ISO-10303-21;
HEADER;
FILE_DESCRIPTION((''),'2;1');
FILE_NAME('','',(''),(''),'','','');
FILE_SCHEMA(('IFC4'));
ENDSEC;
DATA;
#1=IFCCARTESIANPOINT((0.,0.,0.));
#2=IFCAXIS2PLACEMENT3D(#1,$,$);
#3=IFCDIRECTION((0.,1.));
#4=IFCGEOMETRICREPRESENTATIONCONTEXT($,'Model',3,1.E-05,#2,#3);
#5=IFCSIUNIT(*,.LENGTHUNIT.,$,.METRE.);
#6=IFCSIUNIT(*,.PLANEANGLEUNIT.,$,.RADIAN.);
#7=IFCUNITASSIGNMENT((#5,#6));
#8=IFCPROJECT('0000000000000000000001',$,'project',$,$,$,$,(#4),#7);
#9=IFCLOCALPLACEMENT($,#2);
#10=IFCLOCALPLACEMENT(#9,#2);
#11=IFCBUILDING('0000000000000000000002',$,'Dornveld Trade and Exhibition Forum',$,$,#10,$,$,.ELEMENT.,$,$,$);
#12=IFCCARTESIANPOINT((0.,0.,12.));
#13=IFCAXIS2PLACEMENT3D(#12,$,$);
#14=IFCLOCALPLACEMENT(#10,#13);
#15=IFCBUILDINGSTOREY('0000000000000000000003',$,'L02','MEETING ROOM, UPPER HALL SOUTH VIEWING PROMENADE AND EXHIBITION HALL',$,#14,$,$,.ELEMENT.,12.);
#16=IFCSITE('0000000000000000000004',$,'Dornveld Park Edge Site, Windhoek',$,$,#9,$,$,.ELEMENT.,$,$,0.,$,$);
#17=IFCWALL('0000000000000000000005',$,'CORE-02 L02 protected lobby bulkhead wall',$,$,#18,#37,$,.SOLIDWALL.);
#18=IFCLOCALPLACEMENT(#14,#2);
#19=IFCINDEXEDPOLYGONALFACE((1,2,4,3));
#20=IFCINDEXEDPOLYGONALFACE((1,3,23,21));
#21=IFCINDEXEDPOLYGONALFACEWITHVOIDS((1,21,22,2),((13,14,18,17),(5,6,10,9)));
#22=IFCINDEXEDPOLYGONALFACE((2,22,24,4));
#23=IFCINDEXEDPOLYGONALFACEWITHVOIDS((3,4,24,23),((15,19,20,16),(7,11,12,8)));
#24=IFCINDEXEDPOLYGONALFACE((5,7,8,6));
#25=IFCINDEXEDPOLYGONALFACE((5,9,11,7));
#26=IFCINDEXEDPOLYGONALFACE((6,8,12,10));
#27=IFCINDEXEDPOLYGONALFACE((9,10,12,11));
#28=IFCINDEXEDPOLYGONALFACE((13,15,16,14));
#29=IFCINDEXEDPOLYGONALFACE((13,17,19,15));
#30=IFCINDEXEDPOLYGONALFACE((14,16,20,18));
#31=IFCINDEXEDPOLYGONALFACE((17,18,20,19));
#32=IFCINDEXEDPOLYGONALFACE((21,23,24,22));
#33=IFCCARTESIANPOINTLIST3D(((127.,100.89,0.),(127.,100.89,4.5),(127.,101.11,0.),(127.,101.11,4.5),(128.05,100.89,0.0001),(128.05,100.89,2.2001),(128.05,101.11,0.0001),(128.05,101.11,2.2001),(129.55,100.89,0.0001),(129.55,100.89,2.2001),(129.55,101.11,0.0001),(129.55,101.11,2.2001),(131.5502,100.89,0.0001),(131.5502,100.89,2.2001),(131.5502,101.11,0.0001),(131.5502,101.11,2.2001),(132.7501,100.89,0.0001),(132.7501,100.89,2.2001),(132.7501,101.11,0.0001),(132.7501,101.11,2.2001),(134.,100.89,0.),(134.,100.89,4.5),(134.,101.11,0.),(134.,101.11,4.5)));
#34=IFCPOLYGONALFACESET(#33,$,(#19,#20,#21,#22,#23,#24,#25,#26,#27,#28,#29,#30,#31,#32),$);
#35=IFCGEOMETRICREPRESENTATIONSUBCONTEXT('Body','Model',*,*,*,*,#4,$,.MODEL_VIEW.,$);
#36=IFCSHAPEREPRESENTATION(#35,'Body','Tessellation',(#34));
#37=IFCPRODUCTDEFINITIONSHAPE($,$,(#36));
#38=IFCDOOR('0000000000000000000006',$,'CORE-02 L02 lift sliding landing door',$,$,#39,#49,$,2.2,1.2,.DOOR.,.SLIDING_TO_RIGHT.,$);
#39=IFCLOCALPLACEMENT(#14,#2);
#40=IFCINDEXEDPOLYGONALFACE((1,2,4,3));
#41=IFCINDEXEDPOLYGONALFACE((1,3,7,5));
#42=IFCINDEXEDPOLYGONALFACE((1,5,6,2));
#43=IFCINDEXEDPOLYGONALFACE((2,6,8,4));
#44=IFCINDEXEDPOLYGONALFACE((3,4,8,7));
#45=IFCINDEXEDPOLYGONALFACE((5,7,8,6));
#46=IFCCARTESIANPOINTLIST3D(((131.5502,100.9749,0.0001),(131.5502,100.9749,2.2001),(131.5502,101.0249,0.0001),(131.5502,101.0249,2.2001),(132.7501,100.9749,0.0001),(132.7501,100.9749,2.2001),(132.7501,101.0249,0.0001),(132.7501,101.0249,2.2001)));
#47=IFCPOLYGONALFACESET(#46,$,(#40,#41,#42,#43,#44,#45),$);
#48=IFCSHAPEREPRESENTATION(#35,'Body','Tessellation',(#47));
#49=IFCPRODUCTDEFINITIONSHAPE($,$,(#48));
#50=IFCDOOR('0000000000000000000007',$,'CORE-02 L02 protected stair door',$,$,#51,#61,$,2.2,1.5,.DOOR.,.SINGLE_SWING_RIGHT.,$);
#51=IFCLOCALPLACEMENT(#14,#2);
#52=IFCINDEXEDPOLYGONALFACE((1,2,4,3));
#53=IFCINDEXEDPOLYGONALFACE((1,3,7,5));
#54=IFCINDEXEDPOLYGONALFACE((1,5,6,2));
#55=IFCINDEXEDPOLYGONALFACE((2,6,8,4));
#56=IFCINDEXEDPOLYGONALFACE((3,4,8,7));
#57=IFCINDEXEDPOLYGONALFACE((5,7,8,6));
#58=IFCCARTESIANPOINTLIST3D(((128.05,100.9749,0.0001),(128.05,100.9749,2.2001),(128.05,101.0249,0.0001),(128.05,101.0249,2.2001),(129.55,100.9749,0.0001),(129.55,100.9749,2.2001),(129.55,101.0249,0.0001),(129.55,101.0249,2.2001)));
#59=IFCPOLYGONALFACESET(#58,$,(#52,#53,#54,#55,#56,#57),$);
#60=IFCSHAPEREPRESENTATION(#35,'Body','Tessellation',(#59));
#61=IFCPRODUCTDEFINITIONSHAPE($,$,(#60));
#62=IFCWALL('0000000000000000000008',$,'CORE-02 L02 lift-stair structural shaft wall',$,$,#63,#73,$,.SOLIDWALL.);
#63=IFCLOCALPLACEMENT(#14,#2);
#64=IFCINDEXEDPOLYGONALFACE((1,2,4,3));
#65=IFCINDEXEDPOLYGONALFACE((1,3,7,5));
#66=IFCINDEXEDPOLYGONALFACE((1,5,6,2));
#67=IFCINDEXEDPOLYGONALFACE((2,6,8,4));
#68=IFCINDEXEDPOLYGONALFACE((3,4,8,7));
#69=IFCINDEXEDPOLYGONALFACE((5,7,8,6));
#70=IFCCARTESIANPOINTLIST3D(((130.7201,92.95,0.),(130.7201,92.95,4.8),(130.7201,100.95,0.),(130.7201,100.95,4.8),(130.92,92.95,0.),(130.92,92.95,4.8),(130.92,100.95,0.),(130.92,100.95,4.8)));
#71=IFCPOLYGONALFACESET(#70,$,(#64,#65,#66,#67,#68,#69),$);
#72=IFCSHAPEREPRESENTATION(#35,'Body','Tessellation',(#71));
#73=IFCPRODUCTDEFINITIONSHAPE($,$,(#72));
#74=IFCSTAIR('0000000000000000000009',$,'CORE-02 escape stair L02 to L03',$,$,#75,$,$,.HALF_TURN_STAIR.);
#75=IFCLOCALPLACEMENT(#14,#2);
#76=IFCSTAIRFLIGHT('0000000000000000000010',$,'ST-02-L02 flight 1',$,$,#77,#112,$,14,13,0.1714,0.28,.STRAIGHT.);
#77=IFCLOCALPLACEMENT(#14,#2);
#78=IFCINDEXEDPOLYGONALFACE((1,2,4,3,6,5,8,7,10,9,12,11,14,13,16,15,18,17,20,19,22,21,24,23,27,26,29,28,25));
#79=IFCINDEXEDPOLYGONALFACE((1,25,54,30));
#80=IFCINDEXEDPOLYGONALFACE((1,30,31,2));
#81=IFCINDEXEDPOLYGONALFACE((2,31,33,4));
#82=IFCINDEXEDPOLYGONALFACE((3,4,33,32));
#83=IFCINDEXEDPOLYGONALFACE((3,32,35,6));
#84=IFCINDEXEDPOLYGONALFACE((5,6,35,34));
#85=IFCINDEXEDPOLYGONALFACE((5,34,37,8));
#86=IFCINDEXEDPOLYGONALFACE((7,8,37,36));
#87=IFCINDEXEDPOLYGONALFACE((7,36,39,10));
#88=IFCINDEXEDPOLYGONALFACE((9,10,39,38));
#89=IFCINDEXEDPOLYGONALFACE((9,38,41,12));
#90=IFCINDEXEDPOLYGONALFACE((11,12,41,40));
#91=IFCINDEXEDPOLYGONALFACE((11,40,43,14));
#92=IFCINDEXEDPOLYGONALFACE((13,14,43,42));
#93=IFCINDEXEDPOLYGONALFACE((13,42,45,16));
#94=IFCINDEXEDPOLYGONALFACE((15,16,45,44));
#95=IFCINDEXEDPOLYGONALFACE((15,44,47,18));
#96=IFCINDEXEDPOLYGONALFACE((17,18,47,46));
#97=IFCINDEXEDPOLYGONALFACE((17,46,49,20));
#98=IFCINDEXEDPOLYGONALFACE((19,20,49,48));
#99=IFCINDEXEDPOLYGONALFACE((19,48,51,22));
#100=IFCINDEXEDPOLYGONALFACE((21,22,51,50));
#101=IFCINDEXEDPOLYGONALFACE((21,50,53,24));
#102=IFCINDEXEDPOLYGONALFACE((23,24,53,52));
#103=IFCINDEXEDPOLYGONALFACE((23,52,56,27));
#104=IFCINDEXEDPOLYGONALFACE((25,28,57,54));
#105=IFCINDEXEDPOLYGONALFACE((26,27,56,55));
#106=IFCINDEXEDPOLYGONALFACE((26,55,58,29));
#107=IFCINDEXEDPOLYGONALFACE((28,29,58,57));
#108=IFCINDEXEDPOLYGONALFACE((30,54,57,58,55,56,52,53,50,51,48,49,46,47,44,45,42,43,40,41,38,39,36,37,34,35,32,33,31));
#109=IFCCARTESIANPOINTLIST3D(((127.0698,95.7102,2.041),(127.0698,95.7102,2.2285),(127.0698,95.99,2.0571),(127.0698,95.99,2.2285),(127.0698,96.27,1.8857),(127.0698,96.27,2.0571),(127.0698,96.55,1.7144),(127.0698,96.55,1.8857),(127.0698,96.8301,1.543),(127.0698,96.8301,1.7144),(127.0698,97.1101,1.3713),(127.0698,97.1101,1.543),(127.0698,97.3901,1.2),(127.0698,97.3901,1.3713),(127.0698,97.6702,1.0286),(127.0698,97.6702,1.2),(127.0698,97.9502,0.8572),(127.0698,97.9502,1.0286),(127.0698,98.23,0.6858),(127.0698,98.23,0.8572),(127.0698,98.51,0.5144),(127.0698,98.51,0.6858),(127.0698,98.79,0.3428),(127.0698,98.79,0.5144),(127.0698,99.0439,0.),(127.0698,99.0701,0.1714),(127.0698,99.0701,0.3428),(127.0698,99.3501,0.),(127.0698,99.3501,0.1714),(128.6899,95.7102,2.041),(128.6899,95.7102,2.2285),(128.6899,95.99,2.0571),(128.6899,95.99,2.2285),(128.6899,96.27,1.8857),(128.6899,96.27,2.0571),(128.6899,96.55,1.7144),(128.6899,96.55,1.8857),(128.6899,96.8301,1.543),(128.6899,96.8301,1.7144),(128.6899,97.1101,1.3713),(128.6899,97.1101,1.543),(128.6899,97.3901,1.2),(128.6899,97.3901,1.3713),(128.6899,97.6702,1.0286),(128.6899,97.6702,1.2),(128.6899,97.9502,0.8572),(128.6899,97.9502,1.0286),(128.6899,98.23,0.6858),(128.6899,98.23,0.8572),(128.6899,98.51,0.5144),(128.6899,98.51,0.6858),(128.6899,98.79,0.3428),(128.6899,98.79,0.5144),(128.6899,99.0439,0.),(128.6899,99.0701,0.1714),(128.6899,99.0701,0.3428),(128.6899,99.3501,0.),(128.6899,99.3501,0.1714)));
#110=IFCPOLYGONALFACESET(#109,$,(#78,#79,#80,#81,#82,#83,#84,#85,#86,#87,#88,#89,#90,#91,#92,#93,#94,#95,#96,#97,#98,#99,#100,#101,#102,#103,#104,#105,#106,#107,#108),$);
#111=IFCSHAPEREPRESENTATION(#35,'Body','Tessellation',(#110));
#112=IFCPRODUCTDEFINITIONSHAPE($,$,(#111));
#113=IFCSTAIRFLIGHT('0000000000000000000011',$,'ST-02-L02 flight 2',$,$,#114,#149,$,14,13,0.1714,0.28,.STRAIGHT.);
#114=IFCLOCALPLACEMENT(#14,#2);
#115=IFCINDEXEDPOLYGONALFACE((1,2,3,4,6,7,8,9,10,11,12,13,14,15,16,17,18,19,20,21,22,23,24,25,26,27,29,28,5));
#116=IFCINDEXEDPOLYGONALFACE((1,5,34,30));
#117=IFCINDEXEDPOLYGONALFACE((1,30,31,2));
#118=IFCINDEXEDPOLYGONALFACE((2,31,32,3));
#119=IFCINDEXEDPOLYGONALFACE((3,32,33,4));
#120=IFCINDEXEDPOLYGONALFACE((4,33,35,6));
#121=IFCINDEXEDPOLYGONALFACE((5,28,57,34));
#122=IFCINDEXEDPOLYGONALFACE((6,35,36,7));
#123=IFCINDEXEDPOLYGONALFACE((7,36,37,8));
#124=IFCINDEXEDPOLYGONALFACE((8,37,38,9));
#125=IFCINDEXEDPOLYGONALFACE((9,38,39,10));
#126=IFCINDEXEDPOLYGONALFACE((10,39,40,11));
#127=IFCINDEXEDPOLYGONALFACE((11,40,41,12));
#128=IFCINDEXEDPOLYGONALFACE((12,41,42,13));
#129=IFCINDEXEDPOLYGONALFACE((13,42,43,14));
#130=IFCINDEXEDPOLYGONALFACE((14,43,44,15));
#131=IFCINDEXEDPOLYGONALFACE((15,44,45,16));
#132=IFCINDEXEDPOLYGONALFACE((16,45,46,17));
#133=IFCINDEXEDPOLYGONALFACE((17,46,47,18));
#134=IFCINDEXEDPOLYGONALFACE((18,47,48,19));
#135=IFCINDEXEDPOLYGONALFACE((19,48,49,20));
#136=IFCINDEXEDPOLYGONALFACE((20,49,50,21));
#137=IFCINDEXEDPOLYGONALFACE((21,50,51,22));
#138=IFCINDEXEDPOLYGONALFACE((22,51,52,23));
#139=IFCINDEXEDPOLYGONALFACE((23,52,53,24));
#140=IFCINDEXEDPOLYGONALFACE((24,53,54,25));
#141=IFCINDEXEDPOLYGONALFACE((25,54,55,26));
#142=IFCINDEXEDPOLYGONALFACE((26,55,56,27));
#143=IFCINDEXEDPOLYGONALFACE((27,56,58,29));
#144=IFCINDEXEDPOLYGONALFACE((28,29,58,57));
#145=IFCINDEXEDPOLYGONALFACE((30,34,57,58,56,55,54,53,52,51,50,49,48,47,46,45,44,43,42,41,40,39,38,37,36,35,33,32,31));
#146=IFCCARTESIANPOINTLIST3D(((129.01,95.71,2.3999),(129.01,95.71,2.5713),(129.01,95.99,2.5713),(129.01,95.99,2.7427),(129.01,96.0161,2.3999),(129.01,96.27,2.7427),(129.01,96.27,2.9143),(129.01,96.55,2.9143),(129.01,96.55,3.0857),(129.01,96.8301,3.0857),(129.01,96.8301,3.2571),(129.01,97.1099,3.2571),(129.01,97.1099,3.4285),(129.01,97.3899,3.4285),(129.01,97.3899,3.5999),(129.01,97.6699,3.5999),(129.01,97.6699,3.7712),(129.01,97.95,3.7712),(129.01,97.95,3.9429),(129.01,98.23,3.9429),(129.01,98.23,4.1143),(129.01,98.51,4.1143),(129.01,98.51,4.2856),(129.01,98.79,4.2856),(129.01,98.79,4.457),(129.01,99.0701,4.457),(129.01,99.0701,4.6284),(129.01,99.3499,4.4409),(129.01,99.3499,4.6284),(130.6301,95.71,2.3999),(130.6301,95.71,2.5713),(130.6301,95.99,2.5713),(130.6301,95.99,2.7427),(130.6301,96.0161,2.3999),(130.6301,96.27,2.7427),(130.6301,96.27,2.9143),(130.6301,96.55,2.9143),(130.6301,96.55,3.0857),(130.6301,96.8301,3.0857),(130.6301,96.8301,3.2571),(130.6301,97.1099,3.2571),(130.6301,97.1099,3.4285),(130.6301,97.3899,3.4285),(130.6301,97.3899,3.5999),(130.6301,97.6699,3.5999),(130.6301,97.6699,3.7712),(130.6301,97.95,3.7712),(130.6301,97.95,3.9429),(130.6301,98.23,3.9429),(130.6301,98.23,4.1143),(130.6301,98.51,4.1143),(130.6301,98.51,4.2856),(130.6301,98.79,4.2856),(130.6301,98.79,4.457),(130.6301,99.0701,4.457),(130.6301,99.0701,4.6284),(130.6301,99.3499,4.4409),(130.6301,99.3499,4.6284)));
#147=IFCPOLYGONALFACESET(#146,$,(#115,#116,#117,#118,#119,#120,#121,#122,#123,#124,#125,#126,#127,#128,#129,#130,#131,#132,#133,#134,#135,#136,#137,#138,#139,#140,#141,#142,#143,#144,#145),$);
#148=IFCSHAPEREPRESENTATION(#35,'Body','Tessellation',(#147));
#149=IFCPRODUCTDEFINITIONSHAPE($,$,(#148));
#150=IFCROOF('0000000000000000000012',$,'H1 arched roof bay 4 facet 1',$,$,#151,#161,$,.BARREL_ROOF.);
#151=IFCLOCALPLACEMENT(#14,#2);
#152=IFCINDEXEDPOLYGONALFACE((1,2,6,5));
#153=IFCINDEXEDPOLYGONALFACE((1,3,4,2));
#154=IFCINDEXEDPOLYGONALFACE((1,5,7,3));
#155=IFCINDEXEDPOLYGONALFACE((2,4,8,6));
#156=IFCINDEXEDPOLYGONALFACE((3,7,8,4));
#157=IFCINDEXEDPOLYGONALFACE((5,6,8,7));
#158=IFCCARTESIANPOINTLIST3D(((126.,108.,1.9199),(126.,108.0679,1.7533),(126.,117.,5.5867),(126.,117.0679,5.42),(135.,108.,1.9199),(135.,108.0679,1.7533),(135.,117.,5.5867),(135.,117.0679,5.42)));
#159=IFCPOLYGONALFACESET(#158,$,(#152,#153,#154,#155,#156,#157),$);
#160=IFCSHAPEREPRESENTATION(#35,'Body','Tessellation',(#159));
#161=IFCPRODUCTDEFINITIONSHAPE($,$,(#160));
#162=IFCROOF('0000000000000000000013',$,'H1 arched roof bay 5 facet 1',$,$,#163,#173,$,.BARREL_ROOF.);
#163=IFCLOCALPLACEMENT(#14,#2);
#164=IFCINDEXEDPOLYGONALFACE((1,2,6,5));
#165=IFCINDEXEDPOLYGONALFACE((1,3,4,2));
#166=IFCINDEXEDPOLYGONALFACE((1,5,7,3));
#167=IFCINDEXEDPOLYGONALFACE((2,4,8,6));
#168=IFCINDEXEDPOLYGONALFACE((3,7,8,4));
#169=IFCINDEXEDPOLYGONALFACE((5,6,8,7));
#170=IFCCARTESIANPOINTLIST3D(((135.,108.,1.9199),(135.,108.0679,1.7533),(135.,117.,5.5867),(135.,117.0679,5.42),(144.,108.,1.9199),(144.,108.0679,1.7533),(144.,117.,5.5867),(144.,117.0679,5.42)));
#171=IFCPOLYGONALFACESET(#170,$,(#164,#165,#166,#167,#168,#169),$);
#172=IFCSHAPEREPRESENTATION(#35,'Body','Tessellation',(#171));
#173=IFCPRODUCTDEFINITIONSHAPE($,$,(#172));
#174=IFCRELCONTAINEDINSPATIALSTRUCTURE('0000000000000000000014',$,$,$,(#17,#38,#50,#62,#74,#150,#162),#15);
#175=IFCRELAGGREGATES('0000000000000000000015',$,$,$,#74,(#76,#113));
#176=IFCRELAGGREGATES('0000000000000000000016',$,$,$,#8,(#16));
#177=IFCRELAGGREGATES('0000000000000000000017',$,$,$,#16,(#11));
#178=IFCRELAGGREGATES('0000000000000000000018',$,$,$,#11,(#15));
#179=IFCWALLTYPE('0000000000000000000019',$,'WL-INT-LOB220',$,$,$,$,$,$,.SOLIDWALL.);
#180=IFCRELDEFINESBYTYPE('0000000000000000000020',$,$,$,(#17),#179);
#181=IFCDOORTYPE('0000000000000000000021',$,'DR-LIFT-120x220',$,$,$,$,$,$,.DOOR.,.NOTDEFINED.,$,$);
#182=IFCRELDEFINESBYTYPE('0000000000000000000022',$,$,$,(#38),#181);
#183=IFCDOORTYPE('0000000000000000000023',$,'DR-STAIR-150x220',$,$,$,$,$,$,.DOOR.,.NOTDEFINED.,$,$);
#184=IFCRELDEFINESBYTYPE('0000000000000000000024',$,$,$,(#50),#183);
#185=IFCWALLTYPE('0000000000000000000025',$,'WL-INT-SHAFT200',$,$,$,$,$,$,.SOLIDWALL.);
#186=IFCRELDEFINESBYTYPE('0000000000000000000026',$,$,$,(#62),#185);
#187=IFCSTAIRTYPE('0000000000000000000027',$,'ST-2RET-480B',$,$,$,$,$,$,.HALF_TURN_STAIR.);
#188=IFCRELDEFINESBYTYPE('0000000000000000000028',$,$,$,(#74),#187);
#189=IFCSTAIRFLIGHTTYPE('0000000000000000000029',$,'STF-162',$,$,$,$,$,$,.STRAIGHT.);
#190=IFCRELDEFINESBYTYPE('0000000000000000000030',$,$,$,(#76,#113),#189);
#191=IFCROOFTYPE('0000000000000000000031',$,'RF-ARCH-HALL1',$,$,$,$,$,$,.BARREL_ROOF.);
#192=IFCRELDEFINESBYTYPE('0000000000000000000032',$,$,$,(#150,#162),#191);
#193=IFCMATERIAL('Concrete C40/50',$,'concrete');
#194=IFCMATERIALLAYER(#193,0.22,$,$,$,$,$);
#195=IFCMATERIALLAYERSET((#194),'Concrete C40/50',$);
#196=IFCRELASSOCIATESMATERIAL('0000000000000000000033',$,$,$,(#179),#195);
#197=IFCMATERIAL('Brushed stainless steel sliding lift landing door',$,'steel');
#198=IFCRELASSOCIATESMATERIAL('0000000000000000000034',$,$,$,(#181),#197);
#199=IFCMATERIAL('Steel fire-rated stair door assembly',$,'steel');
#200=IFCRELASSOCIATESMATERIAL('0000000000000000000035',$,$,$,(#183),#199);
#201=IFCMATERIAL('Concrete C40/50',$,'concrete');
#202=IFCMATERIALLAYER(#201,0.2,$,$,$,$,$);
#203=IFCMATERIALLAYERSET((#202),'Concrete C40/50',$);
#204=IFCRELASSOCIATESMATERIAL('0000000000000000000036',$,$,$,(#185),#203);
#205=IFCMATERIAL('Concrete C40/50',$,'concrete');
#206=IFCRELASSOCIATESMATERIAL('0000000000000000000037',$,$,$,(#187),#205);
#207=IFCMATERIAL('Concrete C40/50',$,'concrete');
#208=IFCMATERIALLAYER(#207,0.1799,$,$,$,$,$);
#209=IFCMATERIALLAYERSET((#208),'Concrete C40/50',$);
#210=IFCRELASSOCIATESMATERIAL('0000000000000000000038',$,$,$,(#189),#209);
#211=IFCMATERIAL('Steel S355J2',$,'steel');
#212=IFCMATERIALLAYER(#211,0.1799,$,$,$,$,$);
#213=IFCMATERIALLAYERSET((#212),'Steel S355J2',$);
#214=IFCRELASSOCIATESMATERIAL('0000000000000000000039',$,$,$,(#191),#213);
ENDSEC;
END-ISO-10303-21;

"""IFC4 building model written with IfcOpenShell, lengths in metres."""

from ifc_helpers import new_model, si_unit, direction, frame, frame_2d, origin, place, context, subcontext, project, spatial, polyline, rectangle, outline, extrude, material, layer, layer_set, type_object, element, fill, aggregate, save


model = new_model("IFC4")

# Units and contexts
model_context = context("Model", 3, precision=1e-05, world=origin(), true_north=direction((0.0, 1.0)))
body_context = subcontext(model_context, "Body", "Model", "MODEL_VIEW")
ifc_project = project(units=[si_unit("LENGTHUNIT", "METRE"), si_unit("PLANEANGLEUNIT", "RADIAN")], contexts=[model_context])

# Site, building, storey
site_placement = place(None, origin())
site = spatial("IfcSite", under=ifc_project, at=site_placement, Name="Dornveld Park Edge Site, Windhoek", CompositionType="ELEMENT", RefElevation=0.0)
building_placement = place(site_placement, origin())
building = spatial("IfcBuilding", under=site, at=building_placement, Name="Dornveld Trade and Exhibition Forum", CompositionType="ELEMENT")
storey_placement = place(building_placement, frame((0.0, 0.0, 12.0)))
storey = spatial("IfcBuildingStorey", under=building, at=storey_placement, Name="L02", Description="MEETING ROOM, UPPER HALL SOUTH VIEWING PROMENADE AND EXHIBITION HALL", CompositionType="ELEMENT", Elevation=12.0)

# Wall, openings, doors
ifc_material_1 = material(Name="Concrete C40/50", Category="concrete")
ifc_layer_1 = layer(ifc_material_1, 0.22)
ifc_layer_set_1 = layer_set([ifc_layer_1], Name="Concrete C40/50")
wall_type_1 = type_object("IfcWallType", Name="WL-INT-LOB220", PredefinedType="SOLIDWALL", material=ifc_layer_set_1)
ifc_material_2 = material(Name="Brushed stainless steel sliding lift landing door", Category="steel")
door_type_1 = type_object("IfcDoorType", Name="DR-LIFT-120x220", OperationType="NOTDEFINED", PredefinedType="DOOR", material=ifc_material_2)
wall_1_placement = place(storey_placement, frame((127.0, 101.0, 0.0), z_axis=(0.0, 0.0, 1.0), x_axis=(1.0, 0.0, 0.0)))
wall_1 = element("IfcWall", 1, at=wall_1_placement, inside=storey, type_object=wall_type_1, Name="CORE-02 L02 protected lobby bulkhead wall", PredefinedType="SOLIDWALL", context=body_context, shape_type="SweptSolid", body=[
    extrude(rectangle(XDim=7.0, YDim=0.22, at=frame_2d((3.5, 0.0))), origin(), (0.0, 0.0, 1.0), 4.5),
])
opening_1_placement = place(wall_1_placement, frame((1.05, 0.0, 0.0)))
opening_1 = element("IfcOpeningElement", 2, at=opening_1_placement, cuts=wall_1, PredefinedType="OPENING", context=body_context, shape_type="SweptSolid", body=[
    extrude(rectangle(XDim=1.5, YDim=2.2, at=frame_2d((0.75, 1.1001))), frame((0.0, 0.1199, 0.0), z_axis=(0.0, -1.0, 0.0), x_axis=(1.0, 0.0, 0.0)), (0.0, 0.0, 1.0), 0.24),
])
opening_2_placement = place(wall_1_placement, frame((4.55, 0.0, 0.0)))
opening_2 = element("IfcOpeningElement", 3, at=opening_2_placement, cuts=wall_1, PredefinedType="OPENING", context=body_context, shape_type="SweptSolid", body=[
    extrude(rectangle(XDim=1.2, YDim=2.2, at=frame_2d((0.6001, 1.1001))), frame((0.0, 0.1199, 0.0), z_axis=(0.0, -1.0, 0.0), x_axis=(1.0, 0.0, 0.0)), (0.0, 0.0, 1.0), 0.24),
])
door_1_placement = place(opening_2_placement, origin())
door_1 = element("IfcDoor", 4, at=door_1_placement, inside=storey, type_object=door_type_1, Name="CORE-02 L02 lift sliding landing door", OperationType="SLIDING_TO_RIGHT", OverallHeight=2.2, OverallWidth=1.2, PredefinedType="DOOR", context=body_context, shape_type="SweptSolid", body=[
    extrude(rectangle(XDim=1.2, YDim=2.2, at=frame_2d((0.6001, 1.1001))), frame((0.0, 0.0249, 0.0), z_axis=(0.0, -1.0, 0.0), x_axis=(1.0, 0.0, 0.0)), (0.0, 0.0, 1.0), 0.05),
])
fill(opening_2, door_1)
ifc_material_3 = material(Name="Steel fire-rated stair door assembly", Category="steel")
door_type_2 = type_object("IfcDoorType", Name="DR-STAIR-150x220", OperationType="NOTDEFINED", PredefinedType="DOOR", material=ifc_material_3)
door_2_placement = place(opening_1_placement, origin())
door_2 = element("IfcDoor", 5, at=door_2_placement, inside=storey, type_object=door_type_2, Name="CORE-02 L02 protected stair door", OperationType="SINGLE_SWING_RIGHT", OverallHeight=2.2, OverallWidth=1.5, PredefinedType="DOOR", context=body_context, shape_type="SweptSolid", body=[
    extrude(rectangle(XDim=1.5, YDim=2.2, at=frame_2d((0.75, 1.1001))), frame((0.0, 0.0249, 0.0), z_axis=(0.0, -1.0, 0.0), x_axis=(1.0, 0.0, 0.0)), (0.0, 0.0, 1.0), 0.05),
])
fill(opening_1, door_2)

# Wall
ifc_material_4 = material(Name="Concrete C40/50", Category="concrete")
ifc_layer_2 = layer(ifc_material_4, 0.2)
ifc_layer_set_2 = layer_set([ifc_layer_2], Name="Concrete C40/50")
wall_type_2 = type_object("IfcWallType", Name="WL-INT-SHAFT200", PredefinedType="SOLIDWALL", material=ifc_layer_set_2)
wall_2_placement = place(storey_placement, frame((130.8201, 92.95, 0.0), z_axis=(0.0, 0.0, 1.0), x_axis=(0.0, 1.0, 0.0)))
element("IfcWall", 6, at=wall_2_placement, inside=storey, type_object=wall_type_2, Name="CORE-02 L02 lift-stair structural shaft wall", PredefinedType="SOLIDWALL", context=body_context, shape_type="SweptSolid", body=[
    extrude(rectangle(XDim=8.0, YDim=0.2, at=frame_2d((4.0, 0.0))), origin(), (0.0, 0.0, 1.0), 4.8),
])

# Stair, stair flights
ifc_material_5 = material(Name="Concrete C40/50", Category="concrete")
stair_type = type_object("IfcStairType", Name="ST-2RET-480B", PredefinedType="HALF_TURN_STAIR", material=ifc_material_5)
stair_placement = place(storey_placement, origin())
stair = element("IfcStair", 7, at=stair_placement, inside=storey, type_object=stair_type, Name="CORE-02 escape stair L02 to L03", PredefinedType="HALF_TURN_STAIR")
ifc_material_6 = material(Name="Concrete C40/50", Category="concrete")
ifc_layer_3 = layer(ifc_material_6, 0.1799)
ifc_layer_set_3 = layer_set([ifc_layer_3], Name="Concrete C40/50")
stair_flight_type = type_object("IfcStairFlightType", Name="STF-162", PredefinedType="STRAIGHT", material=ifc_layer_set_3)
stair_flight_1_placement = place(storey_placement, frame((127.8799, 99.3501, 0.0), z_axis=(0.0, 0.0, 1.0), x_axis=(0.0, -1.0, 0.0)))
stair_flight_1 = element("IfcStairFlight", 8, at=stair_flight_1_placement, type_object=stair_flight_type, Name="ST-02-L02 flight 1", NumberOfRisers=14, NumberOfTreads=13, PredefinedType="STRAIGHT", RiserHeight=0.1714, TreadLength=0.28, context=body_context, shape_type="SweptSolid", body=[
    extrude(outline(polyline([(0.0, 0.0), (0.0, 0.1714), (0.28, 0.1714), (0.28, 0.3428), (0.5601, 0.3428), (0.5601, 0.5144), (0.8401, 0.5144), (0.8401, 0.6858), (1.1201, 0.6858), (1.1201, 0.8572), (1.3999, 0.8572), (1.3999, 1.0286), (1.6799, 1.0286), (1.6799, 1.2), (1.96, 1.2), (1.96, 1.3713), (2.24, 1.3713), (2.24, 1.543), (2.52, 1.543), (2.52, 1.7144), (2.8, 1.7144), (2.8, 1.8857), (3.0801, 1.8857), (3.0801, 2.0571), (3.3601, 2.0571), (3.3601, 2.2285), (3.6399, 2.2285), (3.6399, 2.3999), (3.6399, 2.041), (0.3062, 0.0), (0.0, 0.0)])), frame((0.0, 0.8101, 0.0), z_axis=(0.0, -1.0, 0.0), x_axis=(1.0, 0.0, 0.0)), (0.0, 0.0, 1.0), 1.6201),
])
stair_flight_2_placement = place(storey_placement, frame((129.8201, 95.71, 2.3999), z_axis=(0.0, 0.0, 1.0), x_axis=(0.0, 1.0, 0.0)))
stair_flight_2 = element("IfcStairFlight", 9, at=stair_flight_2_placement, type_object=stair_flight_type, Name="ST-02-L02 flight 2", NumberOfRisers=14, NumberOfTreads=13, PredefinedType="STRAIGHT", RiserHeight=0.1714, TreadLength=0.28, context=body_context, shape_type="SweptSolid", body=[
    extrude(outline(polyline([(0.0, 0.0), (0.0, 0.1714), (0.28, 0.1714), (0.28, 0.3428), (0.5601, 0.3428), (0.5601, 0.5144), (0.8401, 0.5144), (0.8401, 0.6858), (1.1201, 0.6858), (1.1201, 0.8572), (1.3999, 0.8572), (1.3999, 1.0286), (1.6799, 1.0286), (1.6799, 1.2), (1.96, 1.2), (1.96, 1.3713), (2.24, 1.3713), (2.24, 1.543), (2.52, 1.543), (2.52, 1.7144), (2.8, 1.7144), (2.8, 1.8857), (3.0801, 1.8857), (3.0801, 2.0571), (3.3601, 2.0571), (3.3601, 2.2285), (3.6399, 2.2285), (3.6399, 2.3999), (3.6399, 2.041), (0.3062, 0.0), (0.0, 0.0)])), frame((0.0, 0.8101, 0.0), z_axis=(0.0, -1.0, 0.0), x_axis=(1.0, 0.0, 0.0)), (0.0, 0.0, 1.0), 1.6201),
])
aggregate(stair, [stair_flight_1, stair_flight_2])

# Roofs
ifc_material_7 = material(Name="Steel S355J2", Category="steel")
ifc_layer_4 = layer(ifc_material_7, 0.1799)
ifc_layer_set_4 = layer_set([ifc_layer_4], Name="Steel S355J2")
roof_type = type_object("IfcRoofType", Name="RF-ARCH-HALL1", PredefinedType="BARREL_ROOF", material=ifc_layer_set_4)
for number, where, z_axis, x_axis, name in (
    (10, (126.0, 108.0, 1.9199), (0.0, -0.377304, 0.926089), (1.0, 0.0, 0.0), "H1 arched roof bay 4 facet 1"),
    (11, (135.0, 108.0, 1.9199), (0.0, -0.377304, 0.926089), (1.0, 0.0, 0.0), "H1 arched roof bay 5 facet 1"),
):
    element("IfcRoof", number, at=place(storey_placement, frame(where, z_axis=z_axis, x_axis=x_axis)), inside=storey, type_object=roof_type, Name=name, PredefinedType="BARREL_ROOF", context=body_context, shape_type="SweptSolid", body=[
        extrude(outline(polyline([(0.0, 0.0), (9.0, 0.0), (9.0, 9.7183), (0.0, 9.7183), (0.0, 0.0)])), origin(), (0.0, 0.0, -1.0), 0.1799),
    ])

save(model, "model.ifc")
